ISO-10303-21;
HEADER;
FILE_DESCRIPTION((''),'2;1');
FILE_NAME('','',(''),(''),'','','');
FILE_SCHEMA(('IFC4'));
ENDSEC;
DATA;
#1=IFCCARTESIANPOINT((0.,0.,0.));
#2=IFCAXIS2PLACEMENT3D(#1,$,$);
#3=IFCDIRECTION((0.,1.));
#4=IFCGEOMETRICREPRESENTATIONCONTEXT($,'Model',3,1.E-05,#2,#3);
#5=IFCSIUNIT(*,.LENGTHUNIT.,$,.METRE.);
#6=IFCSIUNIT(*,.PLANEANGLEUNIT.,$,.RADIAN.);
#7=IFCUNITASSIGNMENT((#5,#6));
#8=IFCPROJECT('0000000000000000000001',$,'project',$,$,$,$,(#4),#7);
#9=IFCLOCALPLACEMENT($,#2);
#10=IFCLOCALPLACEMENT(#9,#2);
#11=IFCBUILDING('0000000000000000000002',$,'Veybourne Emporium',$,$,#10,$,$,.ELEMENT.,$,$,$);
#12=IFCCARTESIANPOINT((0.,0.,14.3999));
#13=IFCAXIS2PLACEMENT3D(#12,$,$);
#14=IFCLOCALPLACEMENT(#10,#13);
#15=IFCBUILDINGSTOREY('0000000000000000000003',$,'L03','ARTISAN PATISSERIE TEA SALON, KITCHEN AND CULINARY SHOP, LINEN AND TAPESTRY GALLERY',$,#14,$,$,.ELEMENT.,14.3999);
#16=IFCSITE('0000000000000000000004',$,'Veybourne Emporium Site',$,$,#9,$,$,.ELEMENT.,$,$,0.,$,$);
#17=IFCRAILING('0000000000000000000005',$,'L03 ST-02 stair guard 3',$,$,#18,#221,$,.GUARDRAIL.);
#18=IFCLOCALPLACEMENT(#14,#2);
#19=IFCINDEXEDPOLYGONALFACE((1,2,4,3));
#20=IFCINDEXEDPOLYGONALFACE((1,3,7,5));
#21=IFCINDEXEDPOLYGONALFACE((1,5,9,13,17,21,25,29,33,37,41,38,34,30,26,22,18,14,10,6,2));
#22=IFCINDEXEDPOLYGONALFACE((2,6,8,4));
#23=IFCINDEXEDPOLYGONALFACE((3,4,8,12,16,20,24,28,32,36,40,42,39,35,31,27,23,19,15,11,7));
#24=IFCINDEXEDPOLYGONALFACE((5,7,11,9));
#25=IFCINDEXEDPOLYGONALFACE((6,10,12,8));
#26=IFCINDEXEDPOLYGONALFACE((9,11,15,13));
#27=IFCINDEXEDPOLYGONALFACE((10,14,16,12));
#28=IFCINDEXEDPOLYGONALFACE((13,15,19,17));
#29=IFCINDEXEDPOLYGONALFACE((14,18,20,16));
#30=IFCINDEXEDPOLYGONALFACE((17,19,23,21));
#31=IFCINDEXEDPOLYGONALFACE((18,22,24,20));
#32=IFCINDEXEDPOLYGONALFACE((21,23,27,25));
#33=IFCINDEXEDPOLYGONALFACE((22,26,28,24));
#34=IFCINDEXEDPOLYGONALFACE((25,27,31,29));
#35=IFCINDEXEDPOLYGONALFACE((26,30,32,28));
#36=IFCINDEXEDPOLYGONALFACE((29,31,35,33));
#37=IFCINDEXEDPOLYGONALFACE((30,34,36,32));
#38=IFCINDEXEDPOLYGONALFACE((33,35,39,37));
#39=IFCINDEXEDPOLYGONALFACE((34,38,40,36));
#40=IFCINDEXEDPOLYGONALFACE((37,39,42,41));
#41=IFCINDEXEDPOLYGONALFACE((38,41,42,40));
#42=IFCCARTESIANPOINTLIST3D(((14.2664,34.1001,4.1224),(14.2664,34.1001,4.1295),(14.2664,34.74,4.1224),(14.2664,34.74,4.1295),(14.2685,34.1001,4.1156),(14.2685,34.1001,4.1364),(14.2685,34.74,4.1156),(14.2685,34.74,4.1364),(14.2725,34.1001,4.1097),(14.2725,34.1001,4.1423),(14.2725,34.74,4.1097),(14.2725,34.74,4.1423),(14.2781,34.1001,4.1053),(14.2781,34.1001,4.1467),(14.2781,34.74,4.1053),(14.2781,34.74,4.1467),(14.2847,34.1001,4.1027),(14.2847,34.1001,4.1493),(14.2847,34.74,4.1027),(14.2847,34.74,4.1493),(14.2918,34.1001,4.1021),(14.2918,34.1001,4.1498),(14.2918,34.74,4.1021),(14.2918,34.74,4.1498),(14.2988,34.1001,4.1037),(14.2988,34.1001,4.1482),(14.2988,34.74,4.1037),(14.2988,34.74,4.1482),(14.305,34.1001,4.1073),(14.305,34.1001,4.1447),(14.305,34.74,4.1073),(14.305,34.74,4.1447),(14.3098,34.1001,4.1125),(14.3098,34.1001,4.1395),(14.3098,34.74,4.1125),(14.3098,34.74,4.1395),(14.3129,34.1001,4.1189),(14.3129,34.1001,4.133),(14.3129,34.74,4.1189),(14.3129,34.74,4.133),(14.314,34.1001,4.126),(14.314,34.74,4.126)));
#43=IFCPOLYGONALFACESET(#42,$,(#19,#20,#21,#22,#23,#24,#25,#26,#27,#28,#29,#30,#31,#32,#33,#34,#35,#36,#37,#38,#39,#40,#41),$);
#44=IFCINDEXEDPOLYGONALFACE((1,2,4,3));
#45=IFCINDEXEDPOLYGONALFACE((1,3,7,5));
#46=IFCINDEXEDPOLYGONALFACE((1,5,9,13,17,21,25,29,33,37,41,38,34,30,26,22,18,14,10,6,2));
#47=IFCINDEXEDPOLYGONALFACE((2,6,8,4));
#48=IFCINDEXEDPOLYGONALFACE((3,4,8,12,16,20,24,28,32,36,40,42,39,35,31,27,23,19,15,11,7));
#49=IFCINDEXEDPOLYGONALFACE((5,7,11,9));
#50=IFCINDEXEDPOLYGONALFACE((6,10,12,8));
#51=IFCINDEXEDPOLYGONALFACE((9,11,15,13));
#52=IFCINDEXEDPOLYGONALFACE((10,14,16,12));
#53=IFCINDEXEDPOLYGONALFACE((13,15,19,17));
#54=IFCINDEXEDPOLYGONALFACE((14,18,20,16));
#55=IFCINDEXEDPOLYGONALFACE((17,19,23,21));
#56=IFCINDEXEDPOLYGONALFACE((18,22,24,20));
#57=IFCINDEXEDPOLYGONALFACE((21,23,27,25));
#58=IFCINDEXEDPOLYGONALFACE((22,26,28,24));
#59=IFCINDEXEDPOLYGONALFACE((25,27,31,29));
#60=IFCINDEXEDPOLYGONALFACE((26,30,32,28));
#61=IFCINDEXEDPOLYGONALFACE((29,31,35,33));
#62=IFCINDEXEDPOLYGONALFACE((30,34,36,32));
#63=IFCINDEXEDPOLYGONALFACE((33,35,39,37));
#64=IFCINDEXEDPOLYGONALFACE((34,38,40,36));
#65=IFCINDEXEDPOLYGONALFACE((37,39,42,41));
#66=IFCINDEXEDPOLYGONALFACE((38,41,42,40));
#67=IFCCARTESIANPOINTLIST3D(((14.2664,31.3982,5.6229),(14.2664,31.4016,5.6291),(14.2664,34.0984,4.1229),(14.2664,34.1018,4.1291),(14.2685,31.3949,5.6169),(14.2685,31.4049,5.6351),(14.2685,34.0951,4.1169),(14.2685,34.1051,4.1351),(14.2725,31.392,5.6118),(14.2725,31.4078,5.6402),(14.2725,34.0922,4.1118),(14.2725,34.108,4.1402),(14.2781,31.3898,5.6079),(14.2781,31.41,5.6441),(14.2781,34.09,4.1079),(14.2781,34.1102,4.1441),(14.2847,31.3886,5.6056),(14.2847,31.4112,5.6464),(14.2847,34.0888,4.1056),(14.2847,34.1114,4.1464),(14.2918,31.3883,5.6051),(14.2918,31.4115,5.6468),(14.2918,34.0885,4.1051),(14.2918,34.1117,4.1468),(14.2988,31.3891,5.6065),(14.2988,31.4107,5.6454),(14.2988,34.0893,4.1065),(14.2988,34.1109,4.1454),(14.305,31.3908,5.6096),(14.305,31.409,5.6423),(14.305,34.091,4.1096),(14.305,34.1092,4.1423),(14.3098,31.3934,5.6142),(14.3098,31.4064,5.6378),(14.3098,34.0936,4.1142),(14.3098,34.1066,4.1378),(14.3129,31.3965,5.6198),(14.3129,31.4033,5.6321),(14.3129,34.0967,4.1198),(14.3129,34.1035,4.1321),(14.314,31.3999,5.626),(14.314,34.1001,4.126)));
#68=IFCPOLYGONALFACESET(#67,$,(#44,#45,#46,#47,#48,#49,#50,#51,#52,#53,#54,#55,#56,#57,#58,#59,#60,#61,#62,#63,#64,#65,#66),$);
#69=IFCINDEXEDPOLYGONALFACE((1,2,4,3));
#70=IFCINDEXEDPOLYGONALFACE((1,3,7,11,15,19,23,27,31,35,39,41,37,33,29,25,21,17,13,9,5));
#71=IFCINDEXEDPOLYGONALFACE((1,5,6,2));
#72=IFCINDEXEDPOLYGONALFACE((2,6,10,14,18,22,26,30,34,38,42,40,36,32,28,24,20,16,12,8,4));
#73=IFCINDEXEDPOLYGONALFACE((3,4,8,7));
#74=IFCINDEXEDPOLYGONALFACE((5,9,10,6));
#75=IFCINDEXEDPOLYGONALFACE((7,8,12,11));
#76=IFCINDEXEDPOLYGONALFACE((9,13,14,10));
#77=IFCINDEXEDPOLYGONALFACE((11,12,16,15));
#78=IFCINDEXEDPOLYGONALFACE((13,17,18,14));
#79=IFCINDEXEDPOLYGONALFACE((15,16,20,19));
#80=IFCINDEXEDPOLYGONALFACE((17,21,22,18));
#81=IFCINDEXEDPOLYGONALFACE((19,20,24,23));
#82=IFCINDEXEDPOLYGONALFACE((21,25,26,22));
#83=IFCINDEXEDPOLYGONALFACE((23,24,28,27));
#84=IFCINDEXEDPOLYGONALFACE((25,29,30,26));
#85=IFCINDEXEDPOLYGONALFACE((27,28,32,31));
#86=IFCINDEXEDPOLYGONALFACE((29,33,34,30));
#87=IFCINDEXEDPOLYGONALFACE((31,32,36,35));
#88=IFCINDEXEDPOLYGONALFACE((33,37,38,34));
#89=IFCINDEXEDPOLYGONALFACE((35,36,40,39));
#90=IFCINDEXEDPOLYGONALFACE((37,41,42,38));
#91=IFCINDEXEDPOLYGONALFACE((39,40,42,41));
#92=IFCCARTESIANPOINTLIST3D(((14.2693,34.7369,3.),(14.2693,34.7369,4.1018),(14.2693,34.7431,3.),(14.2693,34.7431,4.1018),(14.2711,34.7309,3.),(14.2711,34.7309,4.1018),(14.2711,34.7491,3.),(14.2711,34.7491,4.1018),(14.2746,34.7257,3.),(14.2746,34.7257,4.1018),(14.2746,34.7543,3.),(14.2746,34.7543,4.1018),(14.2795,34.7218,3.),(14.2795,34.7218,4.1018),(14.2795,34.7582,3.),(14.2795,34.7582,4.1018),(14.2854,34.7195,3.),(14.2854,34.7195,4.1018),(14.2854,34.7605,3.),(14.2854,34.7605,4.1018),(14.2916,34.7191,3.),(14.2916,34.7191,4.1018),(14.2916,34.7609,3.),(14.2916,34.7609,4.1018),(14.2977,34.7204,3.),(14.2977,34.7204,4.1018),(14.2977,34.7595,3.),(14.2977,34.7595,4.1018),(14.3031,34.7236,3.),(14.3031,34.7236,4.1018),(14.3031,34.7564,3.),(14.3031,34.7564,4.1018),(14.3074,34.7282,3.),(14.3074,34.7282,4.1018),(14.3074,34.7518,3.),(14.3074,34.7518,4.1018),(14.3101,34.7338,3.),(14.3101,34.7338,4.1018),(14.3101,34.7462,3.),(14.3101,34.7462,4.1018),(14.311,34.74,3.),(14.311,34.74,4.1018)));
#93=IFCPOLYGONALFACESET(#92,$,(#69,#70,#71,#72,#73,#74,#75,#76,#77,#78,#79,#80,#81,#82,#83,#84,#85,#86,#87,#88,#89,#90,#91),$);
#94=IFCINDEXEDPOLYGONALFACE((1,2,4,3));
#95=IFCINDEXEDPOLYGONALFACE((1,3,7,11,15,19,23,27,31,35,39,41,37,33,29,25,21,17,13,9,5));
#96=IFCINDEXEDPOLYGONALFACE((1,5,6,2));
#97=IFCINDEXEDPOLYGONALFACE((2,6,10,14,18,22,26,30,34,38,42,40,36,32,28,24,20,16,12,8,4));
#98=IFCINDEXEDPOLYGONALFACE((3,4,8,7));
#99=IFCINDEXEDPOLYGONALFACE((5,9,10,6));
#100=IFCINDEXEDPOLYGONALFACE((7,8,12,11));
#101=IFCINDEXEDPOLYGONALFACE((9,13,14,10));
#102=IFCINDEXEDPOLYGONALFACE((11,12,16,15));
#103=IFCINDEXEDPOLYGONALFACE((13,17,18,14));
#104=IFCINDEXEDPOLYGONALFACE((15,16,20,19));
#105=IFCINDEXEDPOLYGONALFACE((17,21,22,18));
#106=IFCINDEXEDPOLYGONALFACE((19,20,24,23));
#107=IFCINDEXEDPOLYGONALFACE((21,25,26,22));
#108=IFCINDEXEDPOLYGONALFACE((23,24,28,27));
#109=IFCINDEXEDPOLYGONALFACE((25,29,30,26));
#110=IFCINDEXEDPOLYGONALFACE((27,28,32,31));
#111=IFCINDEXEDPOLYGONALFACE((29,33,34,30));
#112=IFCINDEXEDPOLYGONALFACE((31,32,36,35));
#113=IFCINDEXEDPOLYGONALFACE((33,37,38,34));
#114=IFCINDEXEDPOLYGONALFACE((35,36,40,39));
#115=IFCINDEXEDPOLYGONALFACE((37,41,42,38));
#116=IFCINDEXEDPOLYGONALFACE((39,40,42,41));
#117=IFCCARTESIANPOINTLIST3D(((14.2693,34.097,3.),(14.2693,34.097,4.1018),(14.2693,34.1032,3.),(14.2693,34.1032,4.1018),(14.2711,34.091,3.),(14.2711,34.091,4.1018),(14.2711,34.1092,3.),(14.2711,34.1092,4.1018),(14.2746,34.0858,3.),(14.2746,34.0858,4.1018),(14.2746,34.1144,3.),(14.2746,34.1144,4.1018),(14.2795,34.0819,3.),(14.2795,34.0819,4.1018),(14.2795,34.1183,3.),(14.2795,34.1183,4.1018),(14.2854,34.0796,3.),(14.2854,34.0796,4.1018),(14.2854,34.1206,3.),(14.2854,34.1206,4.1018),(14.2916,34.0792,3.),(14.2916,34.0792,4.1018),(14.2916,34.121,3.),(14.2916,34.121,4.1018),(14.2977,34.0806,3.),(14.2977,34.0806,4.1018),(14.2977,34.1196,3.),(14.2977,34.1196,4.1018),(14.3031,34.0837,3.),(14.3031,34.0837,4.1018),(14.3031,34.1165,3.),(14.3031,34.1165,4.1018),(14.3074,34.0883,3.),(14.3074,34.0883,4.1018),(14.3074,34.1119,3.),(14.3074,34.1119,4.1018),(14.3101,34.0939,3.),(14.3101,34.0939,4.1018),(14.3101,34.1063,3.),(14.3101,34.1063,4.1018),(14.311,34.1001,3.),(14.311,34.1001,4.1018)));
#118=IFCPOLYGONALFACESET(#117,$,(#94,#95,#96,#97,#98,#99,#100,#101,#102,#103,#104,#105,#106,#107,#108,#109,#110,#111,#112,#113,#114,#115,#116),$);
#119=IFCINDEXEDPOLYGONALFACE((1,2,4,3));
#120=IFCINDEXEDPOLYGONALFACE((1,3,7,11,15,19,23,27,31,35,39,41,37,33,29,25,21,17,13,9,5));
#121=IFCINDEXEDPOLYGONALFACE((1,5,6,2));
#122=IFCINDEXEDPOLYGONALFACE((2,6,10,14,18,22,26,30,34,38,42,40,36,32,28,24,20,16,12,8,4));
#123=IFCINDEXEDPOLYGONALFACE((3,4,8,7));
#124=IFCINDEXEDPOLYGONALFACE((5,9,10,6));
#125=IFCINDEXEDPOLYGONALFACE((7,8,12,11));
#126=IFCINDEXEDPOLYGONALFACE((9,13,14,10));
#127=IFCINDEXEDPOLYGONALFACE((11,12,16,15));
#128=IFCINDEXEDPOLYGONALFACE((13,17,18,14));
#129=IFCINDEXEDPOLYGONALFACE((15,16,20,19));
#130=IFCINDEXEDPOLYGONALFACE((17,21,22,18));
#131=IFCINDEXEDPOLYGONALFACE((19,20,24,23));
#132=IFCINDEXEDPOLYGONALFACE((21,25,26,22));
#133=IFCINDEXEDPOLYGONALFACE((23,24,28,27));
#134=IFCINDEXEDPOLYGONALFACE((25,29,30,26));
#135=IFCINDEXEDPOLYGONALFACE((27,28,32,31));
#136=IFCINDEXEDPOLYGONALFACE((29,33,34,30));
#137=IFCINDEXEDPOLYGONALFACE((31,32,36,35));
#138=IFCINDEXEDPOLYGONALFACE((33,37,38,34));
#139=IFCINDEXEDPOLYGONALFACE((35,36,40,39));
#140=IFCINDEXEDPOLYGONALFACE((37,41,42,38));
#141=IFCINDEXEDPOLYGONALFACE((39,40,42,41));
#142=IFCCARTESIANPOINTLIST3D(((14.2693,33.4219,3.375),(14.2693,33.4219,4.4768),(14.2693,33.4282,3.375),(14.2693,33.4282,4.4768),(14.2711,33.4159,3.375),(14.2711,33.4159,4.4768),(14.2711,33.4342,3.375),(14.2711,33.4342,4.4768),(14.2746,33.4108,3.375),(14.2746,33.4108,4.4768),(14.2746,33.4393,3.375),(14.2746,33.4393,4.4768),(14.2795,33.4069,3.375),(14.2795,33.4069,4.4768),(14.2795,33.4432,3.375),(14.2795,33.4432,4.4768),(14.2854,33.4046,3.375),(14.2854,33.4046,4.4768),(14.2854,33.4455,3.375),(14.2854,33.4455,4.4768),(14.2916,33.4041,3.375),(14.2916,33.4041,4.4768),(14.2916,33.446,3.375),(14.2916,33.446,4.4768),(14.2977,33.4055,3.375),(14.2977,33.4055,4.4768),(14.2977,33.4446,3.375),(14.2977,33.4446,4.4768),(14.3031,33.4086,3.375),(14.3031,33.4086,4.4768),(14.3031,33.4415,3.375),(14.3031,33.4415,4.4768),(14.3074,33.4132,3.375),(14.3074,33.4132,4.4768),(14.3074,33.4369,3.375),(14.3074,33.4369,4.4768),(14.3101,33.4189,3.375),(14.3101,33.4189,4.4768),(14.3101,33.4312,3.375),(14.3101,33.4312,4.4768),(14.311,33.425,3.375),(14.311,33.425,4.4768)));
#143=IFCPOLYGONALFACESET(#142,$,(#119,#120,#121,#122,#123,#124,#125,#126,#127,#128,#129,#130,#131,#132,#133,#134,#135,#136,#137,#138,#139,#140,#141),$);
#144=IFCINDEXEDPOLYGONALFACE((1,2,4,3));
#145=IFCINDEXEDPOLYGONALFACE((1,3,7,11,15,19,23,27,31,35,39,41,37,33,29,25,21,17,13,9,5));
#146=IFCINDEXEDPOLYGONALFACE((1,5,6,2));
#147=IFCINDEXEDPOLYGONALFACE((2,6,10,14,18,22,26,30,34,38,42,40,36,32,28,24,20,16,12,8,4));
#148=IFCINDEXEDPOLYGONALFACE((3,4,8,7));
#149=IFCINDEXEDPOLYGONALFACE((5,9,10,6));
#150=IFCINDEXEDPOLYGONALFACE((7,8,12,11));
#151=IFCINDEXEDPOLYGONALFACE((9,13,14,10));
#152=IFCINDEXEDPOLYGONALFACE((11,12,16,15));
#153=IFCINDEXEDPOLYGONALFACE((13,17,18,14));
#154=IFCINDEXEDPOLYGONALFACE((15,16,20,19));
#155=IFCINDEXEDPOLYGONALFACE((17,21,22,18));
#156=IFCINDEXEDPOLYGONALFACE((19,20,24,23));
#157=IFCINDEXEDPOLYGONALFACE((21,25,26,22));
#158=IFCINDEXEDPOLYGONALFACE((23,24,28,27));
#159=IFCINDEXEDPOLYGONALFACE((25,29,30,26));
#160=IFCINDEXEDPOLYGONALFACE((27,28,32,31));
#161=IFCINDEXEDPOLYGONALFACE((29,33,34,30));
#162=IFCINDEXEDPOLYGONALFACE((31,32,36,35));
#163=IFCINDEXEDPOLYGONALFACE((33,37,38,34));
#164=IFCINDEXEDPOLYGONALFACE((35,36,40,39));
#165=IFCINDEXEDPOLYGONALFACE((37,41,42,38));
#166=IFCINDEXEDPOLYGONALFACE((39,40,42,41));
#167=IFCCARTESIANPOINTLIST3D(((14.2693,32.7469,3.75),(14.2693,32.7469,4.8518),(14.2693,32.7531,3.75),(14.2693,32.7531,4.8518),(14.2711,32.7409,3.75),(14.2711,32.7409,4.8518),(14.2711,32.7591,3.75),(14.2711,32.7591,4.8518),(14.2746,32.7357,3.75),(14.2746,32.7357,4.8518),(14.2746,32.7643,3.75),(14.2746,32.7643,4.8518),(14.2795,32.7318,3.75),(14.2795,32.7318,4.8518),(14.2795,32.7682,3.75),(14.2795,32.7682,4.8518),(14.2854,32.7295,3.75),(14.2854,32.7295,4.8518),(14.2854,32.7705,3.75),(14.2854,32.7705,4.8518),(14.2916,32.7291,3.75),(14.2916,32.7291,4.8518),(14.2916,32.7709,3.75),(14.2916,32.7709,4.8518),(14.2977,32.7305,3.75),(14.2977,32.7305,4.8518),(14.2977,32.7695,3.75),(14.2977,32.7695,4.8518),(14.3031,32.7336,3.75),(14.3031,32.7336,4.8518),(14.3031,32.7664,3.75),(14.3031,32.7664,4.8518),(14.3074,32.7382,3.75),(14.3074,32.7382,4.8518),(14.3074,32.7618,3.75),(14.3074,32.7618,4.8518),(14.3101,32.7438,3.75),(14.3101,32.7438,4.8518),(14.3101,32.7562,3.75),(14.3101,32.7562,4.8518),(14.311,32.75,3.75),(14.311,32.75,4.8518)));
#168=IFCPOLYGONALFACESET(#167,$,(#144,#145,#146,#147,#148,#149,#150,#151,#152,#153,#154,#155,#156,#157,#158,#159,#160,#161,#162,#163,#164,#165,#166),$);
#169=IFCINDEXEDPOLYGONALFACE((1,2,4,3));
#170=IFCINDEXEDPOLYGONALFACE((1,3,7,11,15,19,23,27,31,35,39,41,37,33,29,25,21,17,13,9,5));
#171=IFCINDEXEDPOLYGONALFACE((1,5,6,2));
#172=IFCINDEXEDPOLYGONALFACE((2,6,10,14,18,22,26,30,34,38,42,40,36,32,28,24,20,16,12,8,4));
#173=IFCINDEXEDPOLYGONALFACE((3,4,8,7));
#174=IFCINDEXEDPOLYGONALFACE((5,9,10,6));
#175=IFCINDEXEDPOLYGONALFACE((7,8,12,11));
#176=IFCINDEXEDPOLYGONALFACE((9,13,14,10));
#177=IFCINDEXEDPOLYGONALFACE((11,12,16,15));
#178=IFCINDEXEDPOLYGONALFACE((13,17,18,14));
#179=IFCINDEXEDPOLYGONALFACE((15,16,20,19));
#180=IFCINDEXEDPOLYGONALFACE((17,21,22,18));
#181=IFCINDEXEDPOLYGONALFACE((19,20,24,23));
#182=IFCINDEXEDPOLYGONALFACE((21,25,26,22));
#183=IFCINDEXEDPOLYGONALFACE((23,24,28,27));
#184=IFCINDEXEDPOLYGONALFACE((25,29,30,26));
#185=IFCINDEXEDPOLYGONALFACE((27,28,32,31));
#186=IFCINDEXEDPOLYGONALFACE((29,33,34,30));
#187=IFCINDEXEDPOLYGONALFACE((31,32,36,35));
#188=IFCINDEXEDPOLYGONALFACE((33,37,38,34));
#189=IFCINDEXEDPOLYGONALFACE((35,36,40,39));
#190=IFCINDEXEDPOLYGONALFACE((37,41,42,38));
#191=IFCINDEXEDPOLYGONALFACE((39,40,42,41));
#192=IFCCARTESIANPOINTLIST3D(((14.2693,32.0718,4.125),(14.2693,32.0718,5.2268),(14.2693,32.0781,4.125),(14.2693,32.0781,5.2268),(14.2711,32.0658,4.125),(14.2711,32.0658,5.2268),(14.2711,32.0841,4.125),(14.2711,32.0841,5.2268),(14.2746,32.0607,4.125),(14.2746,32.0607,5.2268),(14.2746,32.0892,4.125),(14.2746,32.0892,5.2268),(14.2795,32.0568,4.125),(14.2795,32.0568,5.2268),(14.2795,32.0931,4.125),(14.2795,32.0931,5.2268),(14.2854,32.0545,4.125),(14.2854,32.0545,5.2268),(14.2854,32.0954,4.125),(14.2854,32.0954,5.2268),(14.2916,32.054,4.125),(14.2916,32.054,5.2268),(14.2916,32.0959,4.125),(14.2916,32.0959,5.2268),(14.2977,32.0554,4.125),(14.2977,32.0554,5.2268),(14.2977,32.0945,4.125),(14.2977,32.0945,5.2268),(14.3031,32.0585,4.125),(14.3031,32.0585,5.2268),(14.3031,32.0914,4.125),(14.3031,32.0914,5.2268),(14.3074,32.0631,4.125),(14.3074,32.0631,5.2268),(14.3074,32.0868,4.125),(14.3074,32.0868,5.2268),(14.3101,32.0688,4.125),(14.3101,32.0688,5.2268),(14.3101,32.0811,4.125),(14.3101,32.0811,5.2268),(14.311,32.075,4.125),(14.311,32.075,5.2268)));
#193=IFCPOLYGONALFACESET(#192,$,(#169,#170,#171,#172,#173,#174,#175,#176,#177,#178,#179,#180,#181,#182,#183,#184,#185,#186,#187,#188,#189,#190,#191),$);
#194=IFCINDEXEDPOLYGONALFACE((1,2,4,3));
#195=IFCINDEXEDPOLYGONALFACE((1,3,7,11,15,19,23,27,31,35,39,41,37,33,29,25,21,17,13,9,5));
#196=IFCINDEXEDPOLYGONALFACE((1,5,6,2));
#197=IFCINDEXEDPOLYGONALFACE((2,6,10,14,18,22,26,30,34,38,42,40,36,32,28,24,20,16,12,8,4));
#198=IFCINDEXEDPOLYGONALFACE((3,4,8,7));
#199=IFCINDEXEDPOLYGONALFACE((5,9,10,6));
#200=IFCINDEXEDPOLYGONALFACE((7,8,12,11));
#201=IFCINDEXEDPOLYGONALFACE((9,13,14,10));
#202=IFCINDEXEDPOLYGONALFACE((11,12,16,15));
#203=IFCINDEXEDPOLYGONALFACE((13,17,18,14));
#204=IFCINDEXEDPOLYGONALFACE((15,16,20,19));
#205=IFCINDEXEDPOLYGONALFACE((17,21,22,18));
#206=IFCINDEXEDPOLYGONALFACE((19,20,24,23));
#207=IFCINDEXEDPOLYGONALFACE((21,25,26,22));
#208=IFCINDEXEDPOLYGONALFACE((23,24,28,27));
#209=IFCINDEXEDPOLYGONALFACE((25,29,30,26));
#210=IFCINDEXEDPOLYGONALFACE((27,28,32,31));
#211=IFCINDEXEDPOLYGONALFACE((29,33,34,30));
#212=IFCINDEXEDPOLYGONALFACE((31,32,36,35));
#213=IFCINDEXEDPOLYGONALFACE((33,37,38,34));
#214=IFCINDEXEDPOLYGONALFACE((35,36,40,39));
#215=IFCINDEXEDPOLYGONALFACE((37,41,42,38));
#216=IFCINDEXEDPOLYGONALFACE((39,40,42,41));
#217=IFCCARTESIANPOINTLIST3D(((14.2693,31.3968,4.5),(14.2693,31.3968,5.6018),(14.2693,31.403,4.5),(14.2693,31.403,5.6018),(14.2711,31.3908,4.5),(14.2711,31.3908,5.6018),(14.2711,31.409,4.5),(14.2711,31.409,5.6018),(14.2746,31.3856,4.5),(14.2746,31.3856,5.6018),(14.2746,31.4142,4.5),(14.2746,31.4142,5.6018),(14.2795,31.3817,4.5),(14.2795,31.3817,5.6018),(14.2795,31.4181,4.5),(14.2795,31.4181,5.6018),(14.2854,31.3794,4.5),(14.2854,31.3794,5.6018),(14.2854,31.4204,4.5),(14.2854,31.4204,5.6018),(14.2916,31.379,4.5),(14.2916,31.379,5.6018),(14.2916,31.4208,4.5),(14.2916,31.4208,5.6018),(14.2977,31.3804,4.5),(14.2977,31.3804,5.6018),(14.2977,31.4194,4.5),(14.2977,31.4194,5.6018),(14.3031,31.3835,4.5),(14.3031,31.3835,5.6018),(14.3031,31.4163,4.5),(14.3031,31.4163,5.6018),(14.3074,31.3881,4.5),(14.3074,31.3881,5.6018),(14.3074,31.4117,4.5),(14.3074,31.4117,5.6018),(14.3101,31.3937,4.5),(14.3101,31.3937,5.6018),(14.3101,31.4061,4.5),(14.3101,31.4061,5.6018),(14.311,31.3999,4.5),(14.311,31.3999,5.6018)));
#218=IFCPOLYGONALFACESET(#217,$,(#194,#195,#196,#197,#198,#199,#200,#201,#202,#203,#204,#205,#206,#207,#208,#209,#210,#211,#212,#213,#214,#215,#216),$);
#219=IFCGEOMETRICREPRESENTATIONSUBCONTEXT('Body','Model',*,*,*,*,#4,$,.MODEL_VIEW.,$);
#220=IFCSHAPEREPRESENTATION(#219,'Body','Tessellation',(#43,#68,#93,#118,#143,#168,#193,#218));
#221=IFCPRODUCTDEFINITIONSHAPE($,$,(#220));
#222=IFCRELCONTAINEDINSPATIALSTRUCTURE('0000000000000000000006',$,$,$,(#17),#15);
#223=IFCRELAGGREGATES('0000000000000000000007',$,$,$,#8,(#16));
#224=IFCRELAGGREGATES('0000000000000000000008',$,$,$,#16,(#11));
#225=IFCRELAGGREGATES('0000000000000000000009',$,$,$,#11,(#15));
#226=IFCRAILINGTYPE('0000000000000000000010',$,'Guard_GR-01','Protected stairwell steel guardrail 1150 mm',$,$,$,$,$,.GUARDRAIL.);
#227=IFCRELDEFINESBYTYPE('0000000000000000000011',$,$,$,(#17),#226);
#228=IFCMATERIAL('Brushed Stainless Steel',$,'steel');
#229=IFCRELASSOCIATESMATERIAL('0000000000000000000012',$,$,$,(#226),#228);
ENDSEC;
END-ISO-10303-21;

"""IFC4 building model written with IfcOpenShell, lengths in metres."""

from ifc_helpers import new_model, si_unit, direction, frame, origin, origin_2d, place, context, subcontext, project, spatial, circle, extrude, material, type_object, element, save


model = new_model("IFC4")

# Units and contexts
model_context = context("Model", 3, precision=1e-05, world=origin(), true_north=direction((0.0, 1.0)))
body_context = subcontext(model_context, "Body", "Model", "MODEL_VIEW")
ifc_project = project(units=[si_unit("LENGTHUNIT", "METRE"), si_unit("PLANEANGLEUNIT", "RADIAN")], contexts=[model_context])

# Site, building, storey
site_placement = place(None, origin())
site = spatial("IfcSite", under=ifc_project, at=site_placement, Name="Veybourne Emporium Site", CompositionType="ELEMENT", RefElevation=0.0)
building_placement = place(site_placement, origin())
building = spatial("IfcBuilding", under=site, at=building_placement, Name="Veybourne Emporium", CompositionType="ELEMENT")
storey_placement = place(building_placement, frame((0.0, 0.0, 14.3999)))
storey = spatial("IfcBuildingStorey", under=building, at=storey_placement, Name="L03", Description="ARTISAN PATISSERIE TEA SALON, KITCHEN AND CULINARY SHOP, LINEN AND TAPESTRY GALLERY", CompositionType="ELEMENT", Elevation=14.3999)

# Railing
ifc_material_1 = material(Name="Brushed Stainless Steel", Category="steel")
railing_type_1 = type_object("IfcRailingType", Name="Guard_GR-01", Description="Protected stairwell steel guardrail 1150 mm", PredefinedType="GUARDRAIL", material=ifc_material_1)
railing_1_placement = place(storey_placement, frame((14.29, 34.74, 3.0)))
element("IfcRailing", 1, at=railing_1_placement, inside=storey, type_object=railing_type_1, Name="L03 ST-02 stair guard 3", PredefinedType="GUARDRAIL", context=body_context, shape_type="SweptSolid", body=[
    extrude(circle(Radius=0.0239, at=origin_2d()), frame((0.0, 0.0, 1.126), z_axis=(0.0, -1.0, 0.0), x_axis=(1.0, 0.0, 0.0)), (0.0, 0.0, 1.0), 0.6399),
    extrude(circle(Radius=0.0239, at=origin_2d()), frame((0.0, -0.6399, 1.126), z_axis=(0.0, -0.874172, 0.485616), x_axis=(1.0, 0.0, 0.0)), (0.0, 0.0, 1.0), 3.0889),
    extrude(circle(Radius=0.021, at=origin_2d()), origin(), (0.0, 0.0, 1.0), 1.1018),
    extrude(circle(Radius=0.021, at=origin_2d()), frame((0.0, -0.6399, 0.0)), (0.0, 0.0, 1.0), 1.1018),
    extrude(circle(Radius=0.021, at=origin_2d()), frame((0.0, -1.3149, 0.375)), (0.0, 0.0, 1.0), 1.1018),
    extrude(circle(Radius=0.021, at=origin_2d()), frame((0.0, -1.99, 0.75)), (0.0, 0.0, 1.0), 1.1018),
    extrude(circle(Radius=0.021, at=origin_2d()), frame((0.0, -2.665, 1.125)), (0.0, 0.0, 1.0), 1.1018),
    extrude(circle(Radius=0.021, at=origin_2d()), frame((0.0, -3.3401, 1.5)), (0.0, 0.0, 1.0), 1.1018),
])

save(model, "model.ifc")
